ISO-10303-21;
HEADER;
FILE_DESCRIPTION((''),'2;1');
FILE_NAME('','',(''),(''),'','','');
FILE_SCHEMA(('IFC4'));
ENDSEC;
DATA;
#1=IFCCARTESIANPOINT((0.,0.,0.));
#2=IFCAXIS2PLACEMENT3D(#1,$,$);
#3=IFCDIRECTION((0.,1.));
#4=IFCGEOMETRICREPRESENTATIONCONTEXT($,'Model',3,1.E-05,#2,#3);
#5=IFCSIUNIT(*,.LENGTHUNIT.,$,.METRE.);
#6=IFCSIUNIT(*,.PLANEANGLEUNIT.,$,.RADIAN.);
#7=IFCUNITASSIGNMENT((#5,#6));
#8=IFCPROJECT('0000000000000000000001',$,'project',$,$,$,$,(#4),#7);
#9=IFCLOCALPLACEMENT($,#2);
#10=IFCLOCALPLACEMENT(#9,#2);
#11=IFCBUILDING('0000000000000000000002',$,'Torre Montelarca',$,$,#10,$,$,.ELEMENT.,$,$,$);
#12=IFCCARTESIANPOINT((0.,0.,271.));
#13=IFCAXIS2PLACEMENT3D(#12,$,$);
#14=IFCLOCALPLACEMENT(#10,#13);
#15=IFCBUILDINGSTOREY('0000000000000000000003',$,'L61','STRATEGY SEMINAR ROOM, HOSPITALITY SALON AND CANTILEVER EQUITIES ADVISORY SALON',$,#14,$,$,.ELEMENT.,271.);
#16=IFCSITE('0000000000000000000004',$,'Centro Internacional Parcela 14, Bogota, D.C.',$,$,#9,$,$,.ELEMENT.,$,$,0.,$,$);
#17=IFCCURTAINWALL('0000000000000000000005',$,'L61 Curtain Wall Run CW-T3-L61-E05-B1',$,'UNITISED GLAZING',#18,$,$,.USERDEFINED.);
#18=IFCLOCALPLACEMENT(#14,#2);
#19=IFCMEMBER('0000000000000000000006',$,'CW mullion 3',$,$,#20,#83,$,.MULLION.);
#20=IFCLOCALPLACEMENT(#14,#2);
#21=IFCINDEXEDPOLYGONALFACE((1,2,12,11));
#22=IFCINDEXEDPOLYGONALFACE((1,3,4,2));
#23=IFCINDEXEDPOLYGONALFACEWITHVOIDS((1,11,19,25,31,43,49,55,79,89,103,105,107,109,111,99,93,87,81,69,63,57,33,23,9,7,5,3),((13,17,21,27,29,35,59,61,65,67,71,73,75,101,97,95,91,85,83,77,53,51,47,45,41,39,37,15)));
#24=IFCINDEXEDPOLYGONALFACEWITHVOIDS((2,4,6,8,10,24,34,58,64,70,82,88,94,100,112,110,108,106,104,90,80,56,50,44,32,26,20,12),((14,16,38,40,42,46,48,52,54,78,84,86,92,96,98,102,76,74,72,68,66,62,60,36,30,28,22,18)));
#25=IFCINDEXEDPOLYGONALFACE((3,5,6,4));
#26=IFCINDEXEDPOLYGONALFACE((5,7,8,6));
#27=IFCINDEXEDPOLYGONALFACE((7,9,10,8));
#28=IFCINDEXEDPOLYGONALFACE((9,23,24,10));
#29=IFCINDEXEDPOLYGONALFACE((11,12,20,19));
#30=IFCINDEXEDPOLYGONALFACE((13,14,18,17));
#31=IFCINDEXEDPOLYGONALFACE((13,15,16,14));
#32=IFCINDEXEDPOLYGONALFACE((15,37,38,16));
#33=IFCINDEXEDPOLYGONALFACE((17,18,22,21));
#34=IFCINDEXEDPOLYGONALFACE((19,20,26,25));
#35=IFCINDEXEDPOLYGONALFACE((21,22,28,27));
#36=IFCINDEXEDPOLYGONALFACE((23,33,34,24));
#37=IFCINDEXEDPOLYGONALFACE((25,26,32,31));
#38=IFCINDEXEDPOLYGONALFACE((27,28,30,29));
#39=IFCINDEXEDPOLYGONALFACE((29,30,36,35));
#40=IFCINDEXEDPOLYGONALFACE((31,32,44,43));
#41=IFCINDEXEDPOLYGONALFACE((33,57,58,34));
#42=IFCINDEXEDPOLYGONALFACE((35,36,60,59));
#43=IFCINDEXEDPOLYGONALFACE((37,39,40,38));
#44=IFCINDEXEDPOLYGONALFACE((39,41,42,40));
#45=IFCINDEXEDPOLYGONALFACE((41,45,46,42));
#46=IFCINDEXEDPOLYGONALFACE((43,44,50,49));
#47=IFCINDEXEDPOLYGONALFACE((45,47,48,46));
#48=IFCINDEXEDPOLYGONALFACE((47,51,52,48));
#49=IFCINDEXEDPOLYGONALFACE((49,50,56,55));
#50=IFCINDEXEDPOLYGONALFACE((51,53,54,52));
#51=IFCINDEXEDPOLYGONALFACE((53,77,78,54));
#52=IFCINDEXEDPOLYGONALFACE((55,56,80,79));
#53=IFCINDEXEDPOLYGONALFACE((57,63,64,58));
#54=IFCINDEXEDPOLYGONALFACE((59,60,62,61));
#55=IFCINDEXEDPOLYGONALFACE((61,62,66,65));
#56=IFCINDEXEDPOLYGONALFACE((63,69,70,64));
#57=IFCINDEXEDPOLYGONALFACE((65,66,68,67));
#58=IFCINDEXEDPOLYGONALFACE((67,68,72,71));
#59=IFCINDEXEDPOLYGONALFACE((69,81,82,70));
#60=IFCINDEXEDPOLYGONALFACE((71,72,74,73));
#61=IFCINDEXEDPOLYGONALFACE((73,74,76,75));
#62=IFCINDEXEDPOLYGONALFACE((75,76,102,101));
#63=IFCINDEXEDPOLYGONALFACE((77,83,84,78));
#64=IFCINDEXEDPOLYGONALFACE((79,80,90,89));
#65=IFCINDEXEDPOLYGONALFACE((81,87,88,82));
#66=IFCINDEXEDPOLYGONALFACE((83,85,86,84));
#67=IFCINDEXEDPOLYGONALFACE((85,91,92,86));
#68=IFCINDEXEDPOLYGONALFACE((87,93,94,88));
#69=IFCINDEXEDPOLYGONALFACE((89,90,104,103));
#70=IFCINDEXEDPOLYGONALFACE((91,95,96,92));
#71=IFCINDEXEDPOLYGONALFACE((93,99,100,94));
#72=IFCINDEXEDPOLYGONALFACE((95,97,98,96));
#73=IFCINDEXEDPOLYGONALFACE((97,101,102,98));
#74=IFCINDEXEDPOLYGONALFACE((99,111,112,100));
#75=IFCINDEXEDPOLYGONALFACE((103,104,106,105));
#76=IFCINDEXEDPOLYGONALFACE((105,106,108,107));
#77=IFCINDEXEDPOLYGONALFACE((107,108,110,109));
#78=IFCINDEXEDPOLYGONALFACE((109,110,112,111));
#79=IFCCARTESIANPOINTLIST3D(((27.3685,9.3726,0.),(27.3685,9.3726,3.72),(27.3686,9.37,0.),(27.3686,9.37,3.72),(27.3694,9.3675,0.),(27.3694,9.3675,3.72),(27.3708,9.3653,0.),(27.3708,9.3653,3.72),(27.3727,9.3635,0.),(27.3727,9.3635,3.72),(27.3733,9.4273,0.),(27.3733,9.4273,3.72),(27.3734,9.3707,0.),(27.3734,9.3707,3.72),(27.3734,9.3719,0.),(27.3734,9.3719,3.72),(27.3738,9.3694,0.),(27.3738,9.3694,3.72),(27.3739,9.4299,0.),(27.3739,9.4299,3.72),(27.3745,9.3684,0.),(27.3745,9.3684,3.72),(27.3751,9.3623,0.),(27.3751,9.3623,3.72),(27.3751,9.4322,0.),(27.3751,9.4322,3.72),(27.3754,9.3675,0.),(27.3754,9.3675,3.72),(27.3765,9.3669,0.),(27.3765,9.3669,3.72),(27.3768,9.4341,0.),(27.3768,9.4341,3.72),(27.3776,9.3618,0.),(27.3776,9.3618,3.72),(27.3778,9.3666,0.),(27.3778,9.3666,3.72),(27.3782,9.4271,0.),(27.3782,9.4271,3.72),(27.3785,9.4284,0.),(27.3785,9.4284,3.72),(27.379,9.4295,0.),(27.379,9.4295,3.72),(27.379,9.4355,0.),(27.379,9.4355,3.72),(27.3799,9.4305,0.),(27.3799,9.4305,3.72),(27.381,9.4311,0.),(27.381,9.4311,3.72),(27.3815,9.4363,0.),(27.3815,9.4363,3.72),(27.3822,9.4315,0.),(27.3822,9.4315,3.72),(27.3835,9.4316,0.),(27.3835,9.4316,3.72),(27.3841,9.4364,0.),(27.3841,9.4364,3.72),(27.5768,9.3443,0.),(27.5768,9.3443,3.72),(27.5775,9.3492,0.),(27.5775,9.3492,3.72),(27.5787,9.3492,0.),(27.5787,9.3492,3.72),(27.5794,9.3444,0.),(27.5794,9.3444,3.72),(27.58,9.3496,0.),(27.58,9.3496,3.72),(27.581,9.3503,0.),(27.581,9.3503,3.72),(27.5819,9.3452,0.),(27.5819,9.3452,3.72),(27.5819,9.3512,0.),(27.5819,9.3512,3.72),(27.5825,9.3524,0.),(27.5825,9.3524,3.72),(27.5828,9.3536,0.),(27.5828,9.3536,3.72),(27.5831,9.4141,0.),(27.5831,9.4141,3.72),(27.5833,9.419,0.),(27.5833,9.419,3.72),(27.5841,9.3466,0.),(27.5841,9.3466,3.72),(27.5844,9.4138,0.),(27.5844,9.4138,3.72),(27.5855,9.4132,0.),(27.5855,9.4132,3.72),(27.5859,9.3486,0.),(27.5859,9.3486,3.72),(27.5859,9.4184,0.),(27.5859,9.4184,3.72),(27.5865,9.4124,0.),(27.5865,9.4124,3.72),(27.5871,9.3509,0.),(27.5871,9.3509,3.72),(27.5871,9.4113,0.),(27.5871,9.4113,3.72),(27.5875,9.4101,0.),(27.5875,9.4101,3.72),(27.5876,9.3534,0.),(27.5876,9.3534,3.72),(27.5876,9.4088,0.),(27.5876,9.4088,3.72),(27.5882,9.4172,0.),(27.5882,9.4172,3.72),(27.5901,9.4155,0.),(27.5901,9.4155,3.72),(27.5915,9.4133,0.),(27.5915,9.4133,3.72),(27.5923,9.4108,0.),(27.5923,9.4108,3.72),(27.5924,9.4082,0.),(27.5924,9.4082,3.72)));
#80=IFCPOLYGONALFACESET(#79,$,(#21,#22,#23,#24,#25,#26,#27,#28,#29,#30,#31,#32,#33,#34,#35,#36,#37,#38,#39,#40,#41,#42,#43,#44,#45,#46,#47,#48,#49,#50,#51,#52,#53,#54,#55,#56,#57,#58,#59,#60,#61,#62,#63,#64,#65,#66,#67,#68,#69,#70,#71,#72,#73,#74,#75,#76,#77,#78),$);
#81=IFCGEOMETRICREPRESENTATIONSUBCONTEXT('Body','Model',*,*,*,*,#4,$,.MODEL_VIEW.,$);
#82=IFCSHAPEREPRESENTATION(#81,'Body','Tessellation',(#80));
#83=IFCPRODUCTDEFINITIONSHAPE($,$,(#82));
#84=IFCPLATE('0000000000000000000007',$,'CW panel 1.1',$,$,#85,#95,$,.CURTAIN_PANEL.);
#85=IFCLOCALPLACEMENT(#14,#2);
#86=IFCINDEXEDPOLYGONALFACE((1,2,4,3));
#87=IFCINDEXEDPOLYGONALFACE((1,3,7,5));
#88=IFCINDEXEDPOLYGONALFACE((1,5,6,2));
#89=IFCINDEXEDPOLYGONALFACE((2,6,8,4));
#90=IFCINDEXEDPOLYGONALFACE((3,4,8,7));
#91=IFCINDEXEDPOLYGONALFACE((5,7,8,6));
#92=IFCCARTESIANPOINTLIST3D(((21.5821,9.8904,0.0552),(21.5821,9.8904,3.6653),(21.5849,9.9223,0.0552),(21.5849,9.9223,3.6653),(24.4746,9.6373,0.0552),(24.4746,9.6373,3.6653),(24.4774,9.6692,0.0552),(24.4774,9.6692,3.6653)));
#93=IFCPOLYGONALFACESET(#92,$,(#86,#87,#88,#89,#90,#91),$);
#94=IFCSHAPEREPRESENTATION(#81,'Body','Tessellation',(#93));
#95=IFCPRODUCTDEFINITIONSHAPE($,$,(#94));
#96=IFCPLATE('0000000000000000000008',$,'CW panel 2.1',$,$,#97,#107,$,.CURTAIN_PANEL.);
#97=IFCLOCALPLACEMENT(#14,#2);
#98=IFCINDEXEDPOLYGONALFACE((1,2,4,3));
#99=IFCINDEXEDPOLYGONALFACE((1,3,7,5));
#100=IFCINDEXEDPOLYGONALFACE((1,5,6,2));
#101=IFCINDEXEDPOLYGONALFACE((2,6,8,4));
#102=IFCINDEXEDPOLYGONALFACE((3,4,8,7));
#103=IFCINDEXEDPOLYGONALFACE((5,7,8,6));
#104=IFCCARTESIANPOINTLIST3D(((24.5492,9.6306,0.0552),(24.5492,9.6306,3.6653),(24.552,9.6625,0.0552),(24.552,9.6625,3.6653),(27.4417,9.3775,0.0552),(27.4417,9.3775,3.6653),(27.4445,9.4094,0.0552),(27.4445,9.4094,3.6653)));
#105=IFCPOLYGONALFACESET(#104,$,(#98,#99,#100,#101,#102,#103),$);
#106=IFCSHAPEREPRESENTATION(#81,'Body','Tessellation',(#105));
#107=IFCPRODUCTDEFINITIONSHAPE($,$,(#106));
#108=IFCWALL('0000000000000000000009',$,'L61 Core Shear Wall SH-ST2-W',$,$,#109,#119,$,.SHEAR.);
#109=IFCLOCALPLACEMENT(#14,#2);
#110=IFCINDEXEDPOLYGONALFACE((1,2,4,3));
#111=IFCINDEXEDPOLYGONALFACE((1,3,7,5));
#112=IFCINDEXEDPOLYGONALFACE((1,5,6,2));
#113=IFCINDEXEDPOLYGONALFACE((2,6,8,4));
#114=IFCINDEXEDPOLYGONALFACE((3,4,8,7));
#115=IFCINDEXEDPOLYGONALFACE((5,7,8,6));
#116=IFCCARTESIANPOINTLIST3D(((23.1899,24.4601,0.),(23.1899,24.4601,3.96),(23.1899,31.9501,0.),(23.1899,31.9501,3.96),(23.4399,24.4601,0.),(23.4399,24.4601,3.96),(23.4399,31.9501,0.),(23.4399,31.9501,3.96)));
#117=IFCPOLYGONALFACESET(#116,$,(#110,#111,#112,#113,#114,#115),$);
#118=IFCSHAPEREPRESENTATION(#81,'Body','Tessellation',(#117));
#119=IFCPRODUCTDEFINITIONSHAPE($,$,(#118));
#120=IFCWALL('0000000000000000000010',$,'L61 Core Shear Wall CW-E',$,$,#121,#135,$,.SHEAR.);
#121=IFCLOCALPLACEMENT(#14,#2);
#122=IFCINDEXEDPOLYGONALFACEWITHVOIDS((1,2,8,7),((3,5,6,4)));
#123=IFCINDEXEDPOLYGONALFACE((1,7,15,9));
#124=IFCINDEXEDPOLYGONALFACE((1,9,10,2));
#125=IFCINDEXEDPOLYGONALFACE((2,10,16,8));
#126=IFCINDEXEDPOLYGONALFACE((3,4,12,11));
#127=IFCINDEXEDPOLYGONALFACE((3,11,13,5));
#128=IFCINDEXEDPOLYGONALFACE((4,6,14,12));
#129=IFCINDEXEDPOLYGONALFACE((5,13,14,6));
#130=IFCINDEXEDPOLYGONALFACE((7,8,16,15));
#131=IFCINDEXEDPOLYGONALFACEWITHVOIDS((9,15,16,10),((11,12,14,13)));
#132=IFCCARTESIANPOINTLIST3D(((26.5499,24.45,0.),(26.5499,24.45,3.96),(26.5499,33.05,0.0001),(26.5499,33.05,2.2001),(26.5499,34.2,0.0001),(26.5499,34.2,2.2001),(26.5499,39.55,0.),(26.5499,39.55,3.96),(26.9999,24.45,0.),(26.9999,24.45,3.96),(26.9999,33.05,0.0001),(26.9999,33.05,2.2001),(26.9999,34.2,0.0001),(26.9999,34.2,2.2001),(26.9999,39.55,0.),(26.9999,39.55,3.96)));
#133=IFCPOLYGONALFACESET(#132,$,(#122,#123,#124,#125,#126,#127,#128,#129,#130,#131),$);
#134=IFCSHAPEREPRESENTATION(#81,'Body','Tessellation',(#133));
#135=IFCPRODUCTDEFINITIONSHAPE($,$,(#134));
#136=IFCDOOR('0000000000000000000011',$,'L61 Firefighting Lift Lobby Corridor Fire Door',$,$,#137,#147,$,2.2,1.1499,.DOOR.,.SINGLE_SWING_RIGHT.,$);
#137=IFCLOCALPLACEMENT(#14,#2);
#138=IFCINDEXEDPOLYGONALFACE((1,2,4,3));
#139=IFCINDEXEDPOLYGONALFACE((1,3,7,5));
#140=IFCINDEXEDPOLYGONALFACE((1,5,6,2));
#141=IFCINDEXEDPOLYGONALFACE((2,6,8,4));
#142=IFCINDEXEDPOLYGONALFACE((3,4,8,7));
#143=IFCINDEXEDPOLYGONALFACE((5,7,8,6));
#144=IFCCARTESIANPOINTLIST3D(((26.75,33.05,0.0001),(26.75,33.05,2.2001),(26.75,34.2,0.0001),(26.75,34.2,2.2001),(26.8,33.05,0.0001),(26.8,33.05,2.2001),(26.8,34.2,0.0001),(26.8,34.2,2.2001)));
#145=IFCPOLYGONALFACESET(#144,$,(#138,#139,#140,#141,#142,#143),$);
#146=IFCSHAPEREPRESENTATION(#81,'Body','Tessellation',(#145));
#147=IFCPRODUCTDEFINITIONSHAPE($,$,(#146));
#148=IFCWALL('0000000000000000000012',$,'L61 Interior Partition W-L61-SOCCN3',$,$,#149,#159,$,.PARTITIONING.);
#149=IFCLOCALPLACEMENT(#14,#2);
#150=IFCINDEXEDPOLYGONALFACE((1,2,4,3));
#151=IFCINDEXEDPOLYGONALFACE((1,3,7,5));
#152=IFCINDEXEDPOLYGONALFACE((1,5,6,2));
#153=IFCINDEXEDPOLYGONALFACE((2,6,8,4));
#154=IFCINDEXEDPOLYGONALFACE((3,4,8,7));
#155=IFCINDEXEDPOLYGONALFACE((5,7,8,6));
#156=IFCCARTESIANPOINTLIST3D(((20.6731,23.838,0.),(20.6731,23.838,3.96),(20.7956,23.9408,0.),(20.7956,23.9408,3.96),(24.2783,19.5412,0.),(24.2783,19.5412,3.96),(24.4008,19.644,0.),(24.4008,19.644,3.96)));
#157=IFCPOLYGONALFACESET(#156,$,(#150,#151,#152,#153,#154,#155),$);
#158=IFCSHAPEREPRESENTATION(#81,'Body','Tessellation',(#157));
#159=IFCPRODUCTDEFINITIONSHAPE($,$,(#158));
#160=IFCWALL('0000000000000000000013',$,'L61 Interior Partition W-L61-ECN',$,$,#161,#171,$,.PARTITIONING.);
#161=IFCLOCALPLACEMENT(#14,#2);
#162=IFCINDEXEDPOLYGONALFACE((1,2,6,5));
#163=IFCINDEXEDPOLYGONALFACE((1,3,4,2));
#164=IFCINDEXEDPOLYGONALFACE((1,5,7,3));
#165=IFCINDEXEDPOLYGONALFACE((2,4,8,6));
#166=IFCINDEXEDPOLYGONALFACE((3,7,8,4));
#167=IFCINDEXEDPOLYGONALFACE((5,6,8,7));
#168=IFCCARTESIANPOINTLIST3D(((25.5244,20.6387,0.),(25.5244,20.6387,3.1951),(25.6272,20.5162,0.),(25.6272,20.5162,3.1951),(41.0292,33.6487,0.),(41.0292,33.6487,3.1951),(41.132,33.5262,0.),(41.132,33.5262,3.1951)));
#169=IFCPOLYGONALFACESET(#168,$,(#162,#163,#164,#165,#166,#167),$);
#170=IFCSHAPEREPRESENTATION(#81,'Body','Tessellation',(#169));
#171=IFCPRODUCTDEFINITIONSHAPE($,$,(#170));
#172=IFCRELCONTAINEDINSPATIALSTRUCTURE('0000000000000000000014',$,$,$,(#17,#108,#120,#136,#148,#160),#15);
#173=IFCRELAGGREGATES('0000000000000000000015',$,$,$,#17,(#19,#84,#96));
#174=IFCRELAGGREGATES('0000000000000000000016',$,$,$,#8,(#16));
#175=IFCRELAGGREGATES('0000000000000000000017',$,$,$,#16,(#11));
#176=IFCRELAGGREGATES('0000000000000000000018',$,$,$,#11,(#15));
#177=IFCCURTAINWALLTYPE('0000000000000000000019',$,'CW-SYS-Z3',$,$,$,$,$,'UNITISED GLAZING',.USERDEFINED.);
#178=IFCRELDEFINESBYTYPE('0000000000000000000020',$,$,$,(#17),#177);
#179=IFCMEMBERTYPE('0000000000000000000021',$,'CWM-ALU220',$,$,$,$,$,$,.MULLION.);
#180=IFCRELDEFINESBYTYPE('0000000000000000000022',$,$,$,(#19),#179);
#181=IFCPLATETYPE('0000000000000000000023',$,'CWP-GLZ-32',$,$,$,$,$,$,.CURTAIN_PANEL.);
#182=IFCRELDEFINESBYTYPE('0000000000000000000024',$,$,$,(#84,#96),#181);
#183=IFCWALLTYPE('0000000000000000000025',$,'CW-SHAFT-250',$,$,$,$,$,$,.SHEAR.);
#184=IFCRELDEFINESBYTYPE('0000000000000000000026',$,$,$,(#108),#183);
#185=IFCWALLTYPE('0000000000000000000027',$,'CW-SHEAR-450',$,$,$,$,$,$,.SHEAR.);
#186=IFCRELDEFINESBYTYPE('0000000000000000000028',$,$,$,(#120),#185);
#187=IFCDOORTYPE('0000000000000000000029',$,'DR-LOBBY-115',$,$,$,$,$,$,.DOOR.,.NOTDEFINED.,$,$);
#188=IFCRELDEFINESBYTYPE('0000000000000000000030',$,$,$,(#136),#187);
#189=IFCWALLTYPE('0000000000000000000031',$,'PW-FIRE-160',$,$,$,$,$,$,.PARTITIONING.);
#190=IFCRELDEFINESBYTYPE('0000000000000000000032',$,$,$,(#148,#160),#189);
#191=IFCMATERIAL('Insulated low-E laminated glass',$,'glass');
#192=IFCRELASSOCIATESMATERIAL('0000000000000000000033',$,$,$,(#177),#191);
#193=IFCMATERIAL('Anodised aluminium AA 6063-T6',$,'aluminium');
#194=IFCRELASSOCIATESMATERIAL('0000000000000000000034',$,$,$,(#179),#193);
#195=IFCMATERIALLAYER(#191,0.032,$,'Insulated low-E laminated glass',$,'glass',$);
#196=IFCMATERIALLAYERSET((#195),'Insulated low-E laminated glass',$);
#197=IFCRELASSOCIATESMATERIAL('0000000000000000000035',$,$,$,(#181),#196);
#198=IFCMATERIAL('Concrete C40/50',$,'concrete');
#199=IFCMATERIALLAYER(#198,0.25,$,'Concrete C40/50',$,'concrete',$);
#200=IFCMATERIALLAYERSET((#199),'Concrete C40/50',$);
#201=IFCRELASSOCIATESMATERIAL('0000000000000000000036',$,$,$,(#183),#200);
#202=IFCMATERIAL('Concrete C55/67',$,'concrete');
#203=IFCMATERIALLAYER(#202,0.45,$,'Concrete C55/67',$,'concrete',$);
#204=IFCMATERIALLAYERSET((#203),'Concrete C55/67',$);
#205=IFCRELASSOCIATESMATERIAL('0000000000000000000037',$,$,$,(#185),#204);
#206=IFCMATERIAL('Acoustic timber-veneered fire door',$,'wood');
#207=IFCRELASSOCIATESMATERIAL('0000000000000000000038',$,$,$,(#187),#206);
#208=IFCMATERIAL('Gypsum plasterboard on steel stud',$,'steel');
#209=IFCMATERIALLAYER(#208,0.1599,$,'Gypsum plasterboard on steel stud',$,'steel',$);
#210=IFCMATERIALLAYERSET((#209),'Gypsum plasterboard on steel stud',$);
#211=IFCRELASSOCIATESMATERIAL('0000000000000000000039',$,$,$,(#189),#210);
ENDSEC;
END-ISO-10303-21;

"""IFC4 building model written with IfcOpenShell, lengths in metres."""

from ifc_helpers import new_model, si_unit, direction, frame, frame_2d, origin, origin_2d, place, context, subcontext, project, spatial, rectangle, hollow_rectangle, extrude, source, transform, mapped, material, layer, layer_set, material_profile, profile_set, type_object, element, fill, aggregate, save


model = new_model("IFC4")

# Units and contexts
model_context = context("Model", 3, precision=1e-05, world=origin(), true_north=direction((0.0, 1.0)))
body_context = subcontext(model_context, "Body", "Model", "MODEL_VIEW")
ifc_project = project(units=[si_unit("LENGTHUNIT", "METRE"), si_unit("PLANEANGLEUNIT", "RADIAN")], contexts=[model_context])

# Site, building, storey
site_placement = place(None, origin())
site = spatial("IfcSite", under=ifc_project, at=site_placement, Name="Centro Internacional Parcela 14, Bogota, D.C.", CompositionType="ELEMENT", RefElevation=0.0)
building_placement = place(site_placement, origin())
building = spatial("IfcBuilding", under=site, at=building_placement, Name="Torre Montelarca", CompositionType="ELEMENT")
storey_placement = place(building_placement, frame((0.0, 0.0, 271.0)))
storey = spatial("IfcBuildingStorey", under=building, at=storey_placement, Name="L61", Description="STRATEGY SEMINAR ROOM, HOSPITALITY SALON AND CANTILEVER EQUITIES ADVISORY SALON", CompositionType="ELEMENT", Elevation=271.0)

# Shared definitions
ifc_material_1 = material(Name="Concrete C55/67", Category="concrete")

# Curtain wall, member, plates
ifc_material_2 = material(Name="Insulated low-E laminated glass", Category="glass")
curtain_wall_type = type_object("IfcCurtainWallType", Name="CW-SYS-Z3", ElementType="UNITISED GLAZING", PredefinedType="USERDEFINED", material=ifc_material_2)
curtain_wall_placement = place(storey_placement, origin())
curtain_wall = element("IfcCurtainWall", 1, at=curtain_wall_placement, inside=storey, type_object=curtain_wall_type, Name="L61 Curtain Wall Run CW-T3-L61-E05-B1", ObjectType="UNITISED GLAZING", PredefinedType="USERDEFINED")
ifc_material_3 = material(Name="Anodised aluminium AA 6063-T6", Category="aluminium")
ifc_material_profile_1 = material_profile(ifc_material_3, hollow_rectangle(XDim=0.075, YDim=0.22, WallThickness=0.0049, InnerFilletRadius=0.0049, OuterFilletRadius=0.01, at=origin_2d()), Name="ALU75X220X5", Category="aluminium")
ifc_profile_set_1 = profile_set([ifc_material_profile_1], Name="Anodised aluminium AA 6063-T6")
member_type_1 = type_object("IfcMemberType", Name="CWM-ALU220", PredefinedType="MULLION", material=ifc_profile_set_1)
shared_shape_1 = source(origin(), body_context, "Body", "SweptSolid", [
    extrude(hollow_rectangle(XDim=0.075, YDim=0.22, WallThickness=0.0049, InnerFilletRadius=0.0049, OuterFilletRadius=0.01, at=origin_2d()), origin(), (0.0, 0.0, 1.0), 3.72),
])
member_1_placement = place(storey_placement, frame((27.4805, 9.3904, 0.0), z_axis=(0.0, 0.0, 1.0), x_axis=(0.087166, 0.996194, 0.0)))
member_1 = element("IfcMember", 2, at=member_1_placement, type_object=member_type_1, Name="CW mullion 3", PredefinedType="MULLION", context=body_context, shape_type="MappedRepresentation", body=[
    mapped(shared_shape_1, transform((0.0, 0.0, 0.0), scale=1.0)),
])
ifc_layer_1 = layer(ifc_material_2, 0.032, Name="Insulated low-E laminated glass", Category="glass")
ifc_layer_set_1 = layer_set([ifc_layer_1], Name="Insulated low-E laminated glass")
plate_type = type_object("IfcPlateType", Name="CWP-GLZ-32", PredefinedType="CURTAIN_PANEL", material=ifc_layer_set_1)
shared_shape_2 = source(origin(), body_context, "Body", "SweptSolid", [
    extrude(rectangle(XDim=2.9036, YDim=0.032, at=origin_2d()), origin(), (0.0, 0.0, 1.0), 3.6101),
])
plate_1_placement = place(storey_placement, frame((23.0298, 9.7798, 0.0552), z_axis=(0.0, 0.0, 1.0), x_axis=(0.996194, -0.087166, 0.0)))
plate_1 = element("IfcPlate", 3, at=plate_1_placement, type_object=plate_type, Name="CW panel 1.1", PredefinedType="CURTAIN_PANEL", context=body_context, shape_type="MappedRepresentation", body=[
    mapped(shared_shape_2, transform((0.0, 0.0, 0.0), scale=1.0)),
])
plate_2_placement = place(storey_placement, frame((25.9968, 9.52, 0.0552), z_axis=(0.0, 0.0, 1.0), x_axis=(0.996194, -0.087166, 0.0)))
plate_2 = element("IfcPlate", 4, at=plate_2_placement, type_object=plate_type, Name="CW panel 2.1", PredefinedType="CURTAIN_PANEL", context=body_context, shape_type="MappedRepresentation", body=[
    mapped(shared_shape_2, transform((0.0, 0.0, 0.0), scale=1.0)),
])
aggregate(curtain_wall, [member_1, plate_1, plate_2])

# Wall
ifc_material_4 = material(Name="Concrete C40/50", Category="concrete")
ifc_layer_2 = layer(ifc_material_4, 0.25, Name="Concrete C40/50", Category="concrete")
ifc_layer_set_2 = layer_set([ifc_layer_2], Name="Concrete C40/50")
wall_type_1 = type_object("IfcWallType", Name="CW-SHAFT-250", PredefinedType="SHEAR", material=ifc_layer_set_2)
wall_1_placement = place(storey_placement, frame((23.3149, 24.46, 0.0), z_axis=(0.0, 0.0, 1.0), x_axis=(0.0, 1.0, 0.0)))
element("IfcWall", 5, at=wall_1_placement, inside=storey, type_object=wall_type_1, Name="L61 Core Shear Wall SH-ST2-W", PredefinedType="SHEAR", context=body_context, shape_type="SweptSolid", body=[
    extrude(rectangle(XDim=7.49, YDim=0.25, at=frame_2d((3.7451, 0.0))), origin(), (0.0, 0.0, 1.0), 3.96),
])

# Wall, opening, door
ifc_layer_3 = layer(ifc_material_1, 0.45, Name="Concrete C55/67", Category="concrete")
ifc_layer_set_3 = layer_set([ifc_layer_3], Name="Concrete C55/67")
wall_type_2 = type_object("IfcWallType", Name="CW-SHEAR-450", PredefinedType="SHEAR", material=ifc_layer_set_3)
wall_2_placement = place(storey_placement, frame((26.7749, 24.45, 0.0), z_axis=(0.0, 0.0, 1.0), x_axis=(0.0, 1.0, 0.0)))
wall_2 = element("IfcWall", 6, at=wall_2_placement, inside=storey, type_object=wall_type_2, Name="L61 Core Shear Wall CW-E", PredefinedType="SHEAR", context=body_context, shape_type="SweptSolid", body=[
    extrude(rectangle(XDim=15.1001, YDim=0.45, at=frame_2d((7.55, 0.0))), origin(), (0.0, 0.0, 1.0), 3.96),
])
opening_1_placement = place(wall_2_placement, frame((8.6001, 0.0, 0.0)))
opening_1 = element("IfcOpeningElement", 7, at=opening_1_placement, cuts=wall_2, PredefinedType="OPENING", context=body_context, shape_type="SweptSolid", body=[
    extrude(rectangle(XDim=1.1499, YDim=2.2, at=frame_2d((0.575, 1.1001))), frame((0.0, 0.2349, 0.0), z_axis=(0.0, -1.0, 0.0), x_axis=(1.0, 0.0, 0.0)), (0.0, 0.0, 1.0), 0.47),
])
ifc_material_5 = material(Name="Acoustic timber-veneered fire door", Category="wood")
door_type_1 = type_object("IfcDoorType", Name="DR-LOBBY-115", OperationType="NOTDEFINED", PredefinedType="DOOR", material=ifc_material_5)
shared_shape_3 = source(origin(), body_context, "Body", "SweptSolid", [
    extrude(rectangle(XDim=1.1499, YDim=2.2, at=frame_2d((0.575, 1.1001))), frame((0.0, 0.0249, 0.0), z_axis=(0.0, -1.0, 0.0), x_axis=(1.0, 0.0, 0.0)), (0.0, 0.0, 1.0), 0.05),
])
door_1_placement = place(opening_1_placement, origin())
door_1 = element("IfcDoor", 8, at=door_1_placement, inside=storey, type_object=door_type_1, Name="L61 Firefighting Lift Lobby Corridor Fire Door", OperationType="SINGLE_SWING_RIGHT", OverallHeight=2.2, OverallWidth=1.1499, PredefinedType="DOOR", context=body_context, shape_type="MappedRepresentation", body=[
    mapped(shared_shape_3, transform((0.0, 0.0, 0.0), scale=1.0)),
])
fill(opening_1, door_1)

# Walls
ifc_material_6 = material(Name="Gypsum plasterboard on steel stud", Category="steel")
ifc_layer_4 = layer(ifc_material_6, 0.1599, Name="Gypsum plasterboard on steel stud", Category="steel")
ifc_layer_set_4 = layer_set([ifc_layer_4], Name="Gypsum plasterboard on steel stud")
wall_type_3 = type_object("IfcWallType", Name="PW-FIRE-160", PredefinedType="PARTITIONING", material=ifc_layer_set_4)
wall_3_placement = place(storey_placement, frame((20.7344, 23.8894, 0.0), z_axis=(0.0, 0.0, 1.0), x_axis=(0.642758, -0.766069, 0.0)))
element("IfcWall", 9, at=wall_3_placement, inside=storey, type_object=wall_type_3, Name="L61 Interior Partition W-L61-SOCCN3", PredefinedType="PARTITIONING", context=body_context, shape_type="SweptSolid", body=[
    extrude(rectangle(XDim=5.6089, YDim=0.1599, at=frame_2d((2.8044, 0.0))), origin(), (0.0, 0.0, 1.0), 3.96),
])
wall_4_placement = place(storey_placement, frame((25.5757, 20.5774, 0.0), z_axis=(0.0, 0.0, 1.0), x_axis=(0.766048, 0.642784, 0.0)))
element("IfcWall", 10, at=wall_4_placement, inside=storey, type_object=wall_type_3, Name="L61 Interior Partition W-L61-ECN", PredefinedType="PARTITIONING", context=body_context, shape_type="SweptSolid", body=[
    extrude(rectangle(XDim=20.24, YDim=0.1599, at=frame_2d((10.1201, 0.0))), origin(), (0.0, 0.0, 1.0), 3.1951),
])

save(model, "model.ifc")
